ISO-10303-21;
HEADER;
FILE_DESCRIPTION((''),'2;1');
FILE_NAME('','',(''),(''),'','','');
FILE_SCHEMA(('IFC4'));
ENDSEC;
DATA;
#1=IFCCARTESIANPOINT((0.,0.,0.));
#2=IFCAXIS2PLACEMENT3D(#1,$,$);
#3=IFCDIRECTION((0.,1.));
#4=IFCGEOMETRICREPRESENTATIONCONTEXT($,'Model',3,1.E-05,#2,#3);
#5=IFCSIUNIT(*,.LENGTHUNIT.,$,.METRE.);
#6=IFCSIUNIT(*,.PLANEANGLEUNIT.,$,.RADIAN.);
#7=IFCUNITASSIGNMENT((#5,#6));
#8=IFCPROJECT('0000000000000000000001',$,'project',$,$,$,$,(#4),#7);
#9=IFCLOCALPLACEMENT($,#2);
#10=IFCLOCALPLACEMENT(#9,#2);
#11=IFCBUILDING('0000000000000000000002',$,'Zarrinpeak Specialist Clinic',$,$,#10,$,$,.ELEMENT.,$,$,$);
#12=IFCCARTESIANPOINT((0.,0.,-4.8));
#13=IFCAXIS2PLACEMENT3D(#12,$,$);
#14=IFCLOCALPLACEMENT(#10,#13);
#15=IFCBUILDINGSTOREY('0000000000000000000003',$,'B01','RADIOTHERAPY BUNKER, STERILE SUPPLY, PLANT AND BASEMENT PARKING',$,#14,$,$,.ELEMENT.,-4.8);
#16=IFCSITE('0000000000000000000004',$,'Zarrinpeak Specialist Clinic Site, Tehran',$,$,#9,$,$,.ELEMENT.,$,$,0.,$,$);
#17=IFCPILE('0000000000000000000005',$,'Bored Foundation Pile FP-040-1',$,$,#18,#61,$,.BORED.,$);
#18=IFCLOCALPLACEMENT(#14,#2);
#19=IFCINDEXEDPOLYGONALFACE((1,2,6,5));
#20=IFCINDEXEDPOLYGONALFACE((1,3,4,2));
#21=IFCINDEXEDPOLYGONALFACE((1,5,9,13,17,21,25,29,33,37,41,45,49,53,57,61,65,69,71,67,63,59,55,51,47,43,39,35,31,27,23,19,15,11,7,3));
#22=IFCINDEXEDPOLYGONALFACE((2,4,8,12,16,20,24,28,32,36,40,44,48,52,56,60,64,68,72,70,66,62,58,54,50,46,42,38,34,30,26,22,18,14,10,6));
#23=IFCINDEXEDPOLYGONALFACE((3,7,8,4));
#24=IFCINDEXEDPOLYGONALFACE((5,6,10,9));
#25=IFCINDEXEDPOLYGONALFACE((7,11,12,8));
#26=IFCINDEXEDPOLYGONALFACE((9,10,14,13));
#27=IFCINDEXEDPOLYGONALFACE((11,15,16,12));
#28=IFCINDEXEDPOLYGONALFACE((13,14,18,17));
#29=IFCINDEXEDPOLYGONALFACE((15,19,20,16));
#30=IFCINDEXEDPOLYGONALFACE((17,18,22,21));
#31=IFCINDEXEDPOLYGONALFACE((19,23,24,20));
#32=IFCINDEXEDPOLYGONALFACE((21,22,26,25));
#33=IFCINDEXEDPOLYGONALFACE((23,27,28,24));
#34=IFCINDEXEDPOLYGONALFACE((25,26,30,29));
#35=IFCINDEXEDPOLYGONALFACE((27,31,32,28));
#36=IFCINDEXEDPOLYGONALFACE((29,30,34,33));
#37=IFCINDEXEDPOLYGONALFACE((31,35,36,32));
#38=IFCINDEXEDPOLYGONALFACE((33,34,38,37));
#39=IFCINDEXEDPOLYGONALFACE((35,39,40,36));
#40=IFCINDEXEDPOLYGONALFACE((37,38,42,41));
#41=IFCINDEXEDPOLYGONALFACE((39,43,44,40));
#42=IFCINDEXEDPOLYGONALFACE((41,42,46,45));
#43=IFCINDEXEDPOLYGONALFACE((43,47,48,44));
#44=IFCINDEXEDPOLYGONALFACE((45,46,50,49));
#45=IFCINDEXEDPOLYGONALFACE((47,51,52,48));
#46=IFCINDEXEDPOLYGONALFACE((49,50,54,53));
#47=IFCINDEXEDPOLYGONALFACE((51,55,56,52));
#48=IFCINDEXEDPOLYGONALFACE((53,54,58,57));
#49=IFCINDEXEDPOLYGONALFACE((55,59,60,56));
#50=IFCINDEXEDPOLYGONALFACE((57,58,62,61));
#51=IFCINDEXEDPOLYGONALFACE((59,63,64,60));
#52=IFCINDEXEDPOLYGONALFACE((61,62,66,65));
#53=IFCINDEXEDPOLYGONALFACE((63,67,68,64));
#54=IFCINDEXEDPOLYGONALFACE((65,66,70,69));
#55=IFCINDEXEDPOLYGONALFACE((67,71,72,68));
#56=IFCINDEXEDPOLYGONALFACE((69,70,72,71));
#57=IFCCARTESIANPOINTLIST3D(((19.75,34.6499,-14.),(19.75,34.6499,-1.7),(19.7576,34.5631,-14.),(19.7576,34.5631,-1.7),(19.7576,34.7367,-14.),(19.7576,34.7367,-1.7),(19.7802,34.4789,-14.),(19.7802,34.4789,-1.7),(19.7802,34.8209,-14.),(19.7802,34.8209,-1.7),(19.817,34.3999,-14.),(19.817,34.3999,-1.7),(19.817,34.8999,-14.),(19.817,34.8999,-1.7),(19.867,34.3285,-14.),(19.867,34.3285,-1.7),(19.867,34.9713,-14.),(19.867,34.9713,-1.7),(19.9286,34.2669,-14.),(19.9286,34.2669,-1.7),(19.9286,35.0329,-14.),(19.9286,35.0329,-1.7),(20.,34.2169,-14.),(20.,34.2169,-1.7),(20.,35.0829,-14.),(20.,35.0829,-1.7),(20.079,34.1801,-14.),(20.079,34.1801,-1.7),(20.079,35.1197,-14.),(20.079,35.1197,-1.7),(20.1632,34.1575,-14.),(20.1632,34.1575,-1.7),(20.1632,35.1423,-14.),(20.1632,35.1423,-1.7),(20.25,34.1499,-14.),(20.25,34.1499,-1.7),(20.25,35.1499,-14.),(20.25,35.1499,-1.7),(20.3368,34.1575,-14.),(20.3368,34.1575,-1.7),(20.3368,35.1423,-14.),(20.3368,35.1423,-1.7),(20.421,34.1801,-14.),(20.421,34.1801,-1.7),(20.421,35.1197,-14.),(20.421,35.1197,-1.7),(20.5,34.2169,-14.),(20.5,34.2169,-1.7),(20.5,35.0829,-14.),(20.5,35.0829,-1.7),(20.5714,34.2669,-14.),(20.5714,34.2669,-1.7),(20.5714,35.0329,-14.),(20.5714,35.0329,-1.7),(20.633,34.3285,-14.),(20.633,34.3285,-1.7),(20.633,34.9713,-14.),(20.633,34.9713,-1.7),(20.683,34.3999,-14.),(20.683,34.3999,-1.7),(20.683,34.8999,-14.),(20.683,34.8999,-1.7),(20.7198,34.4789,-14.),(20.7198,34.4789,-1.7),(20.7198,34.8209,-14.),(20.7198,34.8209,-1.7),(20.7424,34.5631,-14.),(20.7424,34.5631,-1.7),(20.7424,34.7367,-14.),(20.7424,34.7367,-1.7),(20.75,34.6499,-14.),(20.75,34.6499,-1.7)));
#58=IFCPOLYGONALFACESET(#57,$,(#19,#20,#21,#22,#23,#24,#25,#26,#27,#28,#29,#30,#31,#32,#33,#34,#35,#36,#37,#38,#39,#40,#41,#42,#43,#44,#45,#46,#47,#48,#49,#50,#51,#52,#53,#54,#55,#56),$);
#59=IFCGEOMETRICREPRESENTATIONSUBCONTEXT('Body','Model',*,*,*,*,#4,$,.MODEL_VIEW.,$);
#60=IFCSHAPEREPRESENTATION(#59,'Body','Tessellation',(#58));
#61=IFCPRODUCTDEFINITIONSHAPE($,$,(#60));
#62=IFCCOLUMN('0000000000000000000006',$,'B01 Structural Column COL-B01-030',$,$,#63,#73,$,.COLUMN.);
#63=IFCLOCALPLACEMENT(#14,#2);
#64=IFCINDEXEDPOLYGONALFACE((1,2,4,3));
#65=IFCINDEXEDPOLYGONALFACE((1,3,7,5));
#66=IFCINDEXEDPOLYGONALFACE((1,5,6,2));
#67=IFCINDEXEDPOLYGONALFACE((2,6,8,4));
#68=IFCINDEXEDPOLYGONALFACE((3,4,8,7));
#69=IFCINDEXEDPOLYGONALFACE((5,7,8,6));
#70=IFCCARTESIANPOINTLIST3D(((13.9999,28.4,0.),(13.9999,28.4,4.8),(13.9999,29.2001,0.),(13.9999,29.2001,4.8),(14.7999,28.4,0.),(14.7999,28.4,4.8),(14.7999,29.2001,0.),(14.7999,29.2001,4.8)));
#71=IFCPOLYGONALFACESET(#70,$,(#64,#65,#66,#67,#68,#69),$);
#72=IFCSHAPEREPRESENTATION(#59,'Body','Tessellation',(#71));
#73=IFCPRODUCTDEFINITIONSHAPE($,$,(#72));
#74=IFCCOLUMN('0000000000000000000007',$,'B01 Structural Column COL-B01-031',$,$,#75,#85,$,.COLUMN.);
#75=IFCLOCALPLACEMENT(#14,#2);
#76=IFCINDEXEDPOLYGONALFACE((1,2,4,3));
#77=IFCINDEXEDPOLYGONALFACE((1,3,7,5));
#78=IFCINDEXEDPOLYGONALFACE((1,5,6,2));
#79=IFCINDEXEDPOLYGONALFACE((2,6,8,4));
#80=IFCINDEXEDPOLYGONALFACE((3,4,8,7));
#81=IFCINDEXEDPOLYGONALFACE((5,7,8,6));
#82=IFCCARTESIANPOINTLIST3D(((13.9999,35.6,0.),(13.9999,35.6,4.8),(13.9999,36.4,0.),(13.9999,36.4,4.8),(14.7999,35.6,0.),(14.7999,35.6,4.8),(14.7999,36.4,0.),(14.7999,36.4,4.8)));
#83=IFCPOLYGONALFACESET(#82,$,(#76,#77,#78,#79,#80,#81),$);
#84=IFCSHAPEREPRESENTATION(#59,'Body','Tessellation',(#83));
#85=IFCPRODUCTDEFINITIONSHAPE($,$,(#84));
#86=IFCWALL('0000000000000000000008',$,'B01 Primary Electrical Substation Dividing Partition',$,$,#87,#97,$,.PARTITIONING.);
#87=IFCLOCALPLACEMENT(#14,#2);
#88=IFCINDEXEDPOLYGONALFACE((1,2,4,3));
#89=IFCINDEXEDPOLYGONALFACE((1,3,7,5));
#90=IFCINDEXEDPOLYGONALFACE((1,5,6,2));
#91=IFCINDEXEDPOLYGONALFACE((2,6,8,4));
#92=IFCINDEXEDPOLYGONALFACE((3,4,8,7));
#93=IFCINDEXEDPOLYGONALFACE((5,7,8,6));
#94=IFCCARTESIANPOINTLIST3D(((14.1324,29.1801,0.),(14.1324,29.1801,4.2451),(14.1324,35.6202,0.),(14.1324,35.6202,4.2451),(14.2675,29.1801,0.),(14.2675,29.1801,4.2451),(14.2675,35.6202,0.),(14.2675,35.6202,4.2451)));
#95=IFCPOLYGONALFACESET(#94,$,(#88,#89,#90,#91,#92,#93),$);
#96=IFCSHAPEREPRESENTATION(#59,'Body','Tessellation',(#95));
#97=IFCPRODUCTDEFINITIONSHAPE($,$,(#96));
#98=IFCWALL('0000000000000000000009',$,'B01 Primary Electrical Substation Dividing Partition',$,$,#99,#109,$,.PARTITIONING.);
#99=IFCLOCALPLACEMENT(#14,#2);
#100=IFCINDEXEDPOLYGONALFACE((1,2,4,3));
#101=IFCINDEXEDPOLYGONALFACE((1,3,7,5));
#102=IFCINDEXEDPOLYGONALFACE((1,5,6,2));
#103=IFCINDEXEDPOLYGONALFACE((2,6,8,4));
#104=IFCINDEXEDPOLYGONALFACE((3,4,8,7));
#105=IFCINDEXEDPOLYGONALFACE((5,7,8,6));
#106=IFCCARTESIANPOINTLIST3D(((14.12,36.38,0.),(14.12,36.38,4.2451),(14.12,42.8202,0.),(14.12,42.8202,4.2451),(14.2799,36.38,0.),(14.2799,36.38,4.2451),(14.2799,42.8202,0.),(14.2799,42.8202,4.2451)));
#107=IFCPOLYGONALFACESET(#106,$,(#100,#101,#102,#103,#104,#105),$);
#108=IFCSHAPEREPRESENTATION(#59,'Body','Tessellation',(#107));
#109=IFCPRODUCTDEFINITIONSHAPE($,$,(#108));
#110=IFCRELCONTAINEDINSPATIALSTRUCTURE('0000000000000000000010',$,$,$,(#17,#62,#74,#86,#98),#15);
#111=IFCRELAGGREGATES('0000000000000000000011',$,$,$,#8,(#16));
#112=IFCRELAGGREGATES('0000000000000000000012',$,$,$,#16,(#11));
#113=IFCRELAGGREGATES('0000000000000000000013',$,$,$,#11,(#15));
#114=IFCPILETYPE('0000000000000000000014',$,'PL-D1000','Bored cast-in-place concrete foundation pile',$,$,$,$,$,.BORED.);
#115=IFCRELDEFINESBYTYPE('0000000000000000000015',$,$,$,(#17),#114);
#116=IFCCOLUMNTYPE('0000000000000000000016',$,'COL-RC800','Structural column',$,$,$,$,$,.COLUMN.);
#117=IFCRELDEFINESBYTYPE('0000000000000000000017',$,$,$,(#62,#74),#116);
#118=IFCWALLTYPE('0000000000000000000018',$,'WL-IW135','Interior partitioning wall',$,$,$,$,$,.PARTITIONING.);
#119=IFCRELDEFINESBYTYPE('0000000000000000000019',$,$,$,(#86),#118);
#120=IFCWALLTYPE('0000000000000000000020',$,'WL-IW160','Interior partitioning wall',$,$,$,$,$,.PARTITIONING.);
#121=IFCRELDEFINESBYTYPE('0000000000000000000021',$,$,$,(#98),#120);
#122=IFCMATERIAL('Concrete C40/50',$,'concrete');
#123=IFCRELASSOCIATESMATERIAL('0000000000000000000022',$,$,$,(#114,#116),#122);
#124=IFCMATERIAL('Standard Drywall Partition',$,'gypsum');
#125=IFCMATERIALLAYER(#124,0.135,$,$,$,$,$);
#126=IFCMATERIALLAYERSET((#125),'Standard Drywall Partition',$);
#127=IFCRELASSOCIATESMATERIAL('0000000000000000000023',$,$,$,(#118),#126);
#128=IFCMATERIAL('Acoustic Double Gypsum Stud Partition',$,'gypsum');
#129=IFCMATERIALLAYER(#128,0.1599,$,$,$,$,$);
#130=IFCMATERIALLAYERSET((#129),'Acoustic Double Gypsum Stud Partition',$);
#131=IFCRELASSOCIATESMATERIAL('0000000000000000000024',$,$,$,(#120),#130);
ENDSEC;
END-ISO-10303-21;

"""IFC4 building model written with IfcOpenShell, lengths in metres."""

from ifc_helpers import new_model, si_unit, direction, frame, frame_2d, origin, origin_2d, place, context, subcontext, project, spatial, rectangle, circle, extrude, material, layer, layer_set, material_profile, profile_set, type_object, element, save


model = new_model("IFC4")

# Units and contexts
model_context = context("Model", 3, precision=1e-05, world=origin(), true_north=direction((0.0, 1.0)))
body_context = subcontext(model_context, "Body", "Model", "MODEL_VIEW")
ifc_project = project(units=[si_unit("LENGTHUNIT", "METRE"), si_unit("PLANEANGLEUNIT", "RADIAN")], contexts=[model_context])

# Site, building, storey
site_placement = place(None, origin())
site = spatial("IfcSite", under=ifc_project, at=site_placement, Name="Zarrinpeak Specialist Clinic Site, Tehran", CompositionType="ELEMENT", RefElevation=0.0)
building_placement = place(site_placement, origin())
building = spatial("IfcBuilding", under=site, at=building_placement, Name="Zarrinpeak Specialist Clinic", CompositionType="ELEMENT")
storey_placement = place(building_placement, frame((0.0, 0.0, -4.8)))
storey = spatial("IfcBuildingStorey", under=building, at=storey_placement, Name="B01", Description="RADIOTHERAPY BUNKER, STERILE SUPPLY, PLANT AND BASEMENT PARKING", CompositionType="ELEMENT", Elevation=-4.8)

# Shared definitions
ifc_material_1 = material(Name="Concrete C40/50", Category="concrete")

# Pile
ifc_material_profile_1 = material_profile(ifc_material_1, circle(Radius=0.5, at=origin_2d()), Name="BORED PILE D1000")
ifc_profile_set_1 = profile_set([ifc_material_profile_1], Name="Concrete C40/50")
pile_type = type_object("IfcPileType", Name="PL-D1000", Description="Bored cast-in-place concrete foundation pile", PredefinedType="BORED", material=ifc_profile_set_1)
for number, where, z_axis, x_axis, name in (
    (1, (20.25, 34.6499, -1.7), (0.0, 0.0, -1.0), (1.0, 0.0, 0.0), "Bored Foundation Pile FP-040-1"),
):
    element("IfcPile", number, at=place(storey_placement, frame(where, z_axis=z_axis, x_axis=x_axis)), inside=storey, type_object=pile_type, Name=name, PredefinedType="BORED", context=body_context, shape_type="SweptSolid", body=[
        extrude(circle(Radius=0.5, at=origin_2d()), origin(), (0.0, 0.0, 1.0), 12.3),
    ])

# Columns
ifc_material_profile_2 = material_profile(ifc_material_1, rectangle(XDim=0.8, YDim=0.8, at=origin_2d()), Name="RC 800x800")
ifc_profile_set_2 = profile_set([ifc_material_profile_2], Name="Concrete C40/50")
column_type = type_object("IfcColumnType", Name="COL-RC800", Description="Structural column", PredefinedType="COLUMN", material=ifc_profile_set_2)
for number, where, z_axis, x_axis, name in (
    (2, (14.3999, 28.8, 0.0), (0.0, 0.0, 1.0), (1.0, 0.0, 0.0), "B01 Structural Column COL-B01-030"),
    (3, (14.3999, 36.0, 0.0), (0.0, 0.0, 1.0), (1.0, 0.0, 0.0), "B01 Structural Column COL-B01-031"),
):
    element("IfcColumn", number, at=place(storey_placement, frame(where, z_axis=z_axis, x_axis=x_axis)), inside=storey, type_object=column_type, Name=name, PredefinedType="COLUMN", context=body_context, shape_type="SweptSolid", body=[
        extrude(rectangle(XDim=0.8, YDim=0.8, at=origin_2d()), origin(), (0.0, 0.0, 1.0), 4.8),
    ])

# Walls
ifc_material_2 = material(Name="Standard Drywall Partition", Category="gypsum")
ifc_layer_1 = layer(ifc_material_2, 0.135)
ifc_layer_set_1 = layer_set([ifc_layer_1], Name="Standard Drywall Partition")
wall_type_1 = type_object("IfcWallType", Name="WL-IW135", Description="Interior partitioning wall", PredefinedType="PARTITIONING", material=ifc_layer_set_1)
wall_1_placement = place(storey_placement, frame((14.2, 29.1799, 0.0), z_axis=(0.0, 0.0, 1.0), x_axis=(0.0, 1.0, 0.0)))
element("IfcWall", 4, at=wall_1_placement, inside=storey, type_object=wall_type_1, Name="B01 Primary Electrical Substation Dividing Partition", PredefinedType="PARTITIONING", context=body_context, shape_type="SweptSolid", body=[
    extrude(rectangle(XDim=6.4402, YDim=0.135, at=frame_2d((3.2202, 0.0))), origin(), (0.0, 0.0, 1.0), 4.2451),
])
ifc_material_3 = material(Name="Acoustic Double Gypsum Stud Partition", Category="gypsum")
ifc_layer_2 = layer(ifc_material_3, 0.1599)
ifc_layer_set_2 = layer_set([ifc_layer_2], Name="Acoustic Double Gypsum Stud Partition")
wall_type_2 = type_object("IfcWallType", Name="WL-IW160", Description="Interior partitioning wall", PredefinedType="PARTITIONING", material=ifc_layer_set_2)
wall_2_placement = place(storey_placement, frame((14.2, 36.3799, 0.0), z_axis=(0.0, 0.0, 1.0), x_axis=(0.0, 1.0, 0.0)))
element("IfcWall", 5, at=wall_2_placement, inside=storey, type_object=wall_type_2, Name="B01 Primary Electrical Substation Dividing Partition", PredefinedType="PARTITIONING", context=body_context, shape_type="SweptSolid", body=[
    extrude(rectangle(XDim=6.4402, YDim=0.1599, at=frame_2d((3.2202, 0.0))), origin(), (0.0, 0.0, 1.0), 4.2451),
])

save(model, "model.ifc")
